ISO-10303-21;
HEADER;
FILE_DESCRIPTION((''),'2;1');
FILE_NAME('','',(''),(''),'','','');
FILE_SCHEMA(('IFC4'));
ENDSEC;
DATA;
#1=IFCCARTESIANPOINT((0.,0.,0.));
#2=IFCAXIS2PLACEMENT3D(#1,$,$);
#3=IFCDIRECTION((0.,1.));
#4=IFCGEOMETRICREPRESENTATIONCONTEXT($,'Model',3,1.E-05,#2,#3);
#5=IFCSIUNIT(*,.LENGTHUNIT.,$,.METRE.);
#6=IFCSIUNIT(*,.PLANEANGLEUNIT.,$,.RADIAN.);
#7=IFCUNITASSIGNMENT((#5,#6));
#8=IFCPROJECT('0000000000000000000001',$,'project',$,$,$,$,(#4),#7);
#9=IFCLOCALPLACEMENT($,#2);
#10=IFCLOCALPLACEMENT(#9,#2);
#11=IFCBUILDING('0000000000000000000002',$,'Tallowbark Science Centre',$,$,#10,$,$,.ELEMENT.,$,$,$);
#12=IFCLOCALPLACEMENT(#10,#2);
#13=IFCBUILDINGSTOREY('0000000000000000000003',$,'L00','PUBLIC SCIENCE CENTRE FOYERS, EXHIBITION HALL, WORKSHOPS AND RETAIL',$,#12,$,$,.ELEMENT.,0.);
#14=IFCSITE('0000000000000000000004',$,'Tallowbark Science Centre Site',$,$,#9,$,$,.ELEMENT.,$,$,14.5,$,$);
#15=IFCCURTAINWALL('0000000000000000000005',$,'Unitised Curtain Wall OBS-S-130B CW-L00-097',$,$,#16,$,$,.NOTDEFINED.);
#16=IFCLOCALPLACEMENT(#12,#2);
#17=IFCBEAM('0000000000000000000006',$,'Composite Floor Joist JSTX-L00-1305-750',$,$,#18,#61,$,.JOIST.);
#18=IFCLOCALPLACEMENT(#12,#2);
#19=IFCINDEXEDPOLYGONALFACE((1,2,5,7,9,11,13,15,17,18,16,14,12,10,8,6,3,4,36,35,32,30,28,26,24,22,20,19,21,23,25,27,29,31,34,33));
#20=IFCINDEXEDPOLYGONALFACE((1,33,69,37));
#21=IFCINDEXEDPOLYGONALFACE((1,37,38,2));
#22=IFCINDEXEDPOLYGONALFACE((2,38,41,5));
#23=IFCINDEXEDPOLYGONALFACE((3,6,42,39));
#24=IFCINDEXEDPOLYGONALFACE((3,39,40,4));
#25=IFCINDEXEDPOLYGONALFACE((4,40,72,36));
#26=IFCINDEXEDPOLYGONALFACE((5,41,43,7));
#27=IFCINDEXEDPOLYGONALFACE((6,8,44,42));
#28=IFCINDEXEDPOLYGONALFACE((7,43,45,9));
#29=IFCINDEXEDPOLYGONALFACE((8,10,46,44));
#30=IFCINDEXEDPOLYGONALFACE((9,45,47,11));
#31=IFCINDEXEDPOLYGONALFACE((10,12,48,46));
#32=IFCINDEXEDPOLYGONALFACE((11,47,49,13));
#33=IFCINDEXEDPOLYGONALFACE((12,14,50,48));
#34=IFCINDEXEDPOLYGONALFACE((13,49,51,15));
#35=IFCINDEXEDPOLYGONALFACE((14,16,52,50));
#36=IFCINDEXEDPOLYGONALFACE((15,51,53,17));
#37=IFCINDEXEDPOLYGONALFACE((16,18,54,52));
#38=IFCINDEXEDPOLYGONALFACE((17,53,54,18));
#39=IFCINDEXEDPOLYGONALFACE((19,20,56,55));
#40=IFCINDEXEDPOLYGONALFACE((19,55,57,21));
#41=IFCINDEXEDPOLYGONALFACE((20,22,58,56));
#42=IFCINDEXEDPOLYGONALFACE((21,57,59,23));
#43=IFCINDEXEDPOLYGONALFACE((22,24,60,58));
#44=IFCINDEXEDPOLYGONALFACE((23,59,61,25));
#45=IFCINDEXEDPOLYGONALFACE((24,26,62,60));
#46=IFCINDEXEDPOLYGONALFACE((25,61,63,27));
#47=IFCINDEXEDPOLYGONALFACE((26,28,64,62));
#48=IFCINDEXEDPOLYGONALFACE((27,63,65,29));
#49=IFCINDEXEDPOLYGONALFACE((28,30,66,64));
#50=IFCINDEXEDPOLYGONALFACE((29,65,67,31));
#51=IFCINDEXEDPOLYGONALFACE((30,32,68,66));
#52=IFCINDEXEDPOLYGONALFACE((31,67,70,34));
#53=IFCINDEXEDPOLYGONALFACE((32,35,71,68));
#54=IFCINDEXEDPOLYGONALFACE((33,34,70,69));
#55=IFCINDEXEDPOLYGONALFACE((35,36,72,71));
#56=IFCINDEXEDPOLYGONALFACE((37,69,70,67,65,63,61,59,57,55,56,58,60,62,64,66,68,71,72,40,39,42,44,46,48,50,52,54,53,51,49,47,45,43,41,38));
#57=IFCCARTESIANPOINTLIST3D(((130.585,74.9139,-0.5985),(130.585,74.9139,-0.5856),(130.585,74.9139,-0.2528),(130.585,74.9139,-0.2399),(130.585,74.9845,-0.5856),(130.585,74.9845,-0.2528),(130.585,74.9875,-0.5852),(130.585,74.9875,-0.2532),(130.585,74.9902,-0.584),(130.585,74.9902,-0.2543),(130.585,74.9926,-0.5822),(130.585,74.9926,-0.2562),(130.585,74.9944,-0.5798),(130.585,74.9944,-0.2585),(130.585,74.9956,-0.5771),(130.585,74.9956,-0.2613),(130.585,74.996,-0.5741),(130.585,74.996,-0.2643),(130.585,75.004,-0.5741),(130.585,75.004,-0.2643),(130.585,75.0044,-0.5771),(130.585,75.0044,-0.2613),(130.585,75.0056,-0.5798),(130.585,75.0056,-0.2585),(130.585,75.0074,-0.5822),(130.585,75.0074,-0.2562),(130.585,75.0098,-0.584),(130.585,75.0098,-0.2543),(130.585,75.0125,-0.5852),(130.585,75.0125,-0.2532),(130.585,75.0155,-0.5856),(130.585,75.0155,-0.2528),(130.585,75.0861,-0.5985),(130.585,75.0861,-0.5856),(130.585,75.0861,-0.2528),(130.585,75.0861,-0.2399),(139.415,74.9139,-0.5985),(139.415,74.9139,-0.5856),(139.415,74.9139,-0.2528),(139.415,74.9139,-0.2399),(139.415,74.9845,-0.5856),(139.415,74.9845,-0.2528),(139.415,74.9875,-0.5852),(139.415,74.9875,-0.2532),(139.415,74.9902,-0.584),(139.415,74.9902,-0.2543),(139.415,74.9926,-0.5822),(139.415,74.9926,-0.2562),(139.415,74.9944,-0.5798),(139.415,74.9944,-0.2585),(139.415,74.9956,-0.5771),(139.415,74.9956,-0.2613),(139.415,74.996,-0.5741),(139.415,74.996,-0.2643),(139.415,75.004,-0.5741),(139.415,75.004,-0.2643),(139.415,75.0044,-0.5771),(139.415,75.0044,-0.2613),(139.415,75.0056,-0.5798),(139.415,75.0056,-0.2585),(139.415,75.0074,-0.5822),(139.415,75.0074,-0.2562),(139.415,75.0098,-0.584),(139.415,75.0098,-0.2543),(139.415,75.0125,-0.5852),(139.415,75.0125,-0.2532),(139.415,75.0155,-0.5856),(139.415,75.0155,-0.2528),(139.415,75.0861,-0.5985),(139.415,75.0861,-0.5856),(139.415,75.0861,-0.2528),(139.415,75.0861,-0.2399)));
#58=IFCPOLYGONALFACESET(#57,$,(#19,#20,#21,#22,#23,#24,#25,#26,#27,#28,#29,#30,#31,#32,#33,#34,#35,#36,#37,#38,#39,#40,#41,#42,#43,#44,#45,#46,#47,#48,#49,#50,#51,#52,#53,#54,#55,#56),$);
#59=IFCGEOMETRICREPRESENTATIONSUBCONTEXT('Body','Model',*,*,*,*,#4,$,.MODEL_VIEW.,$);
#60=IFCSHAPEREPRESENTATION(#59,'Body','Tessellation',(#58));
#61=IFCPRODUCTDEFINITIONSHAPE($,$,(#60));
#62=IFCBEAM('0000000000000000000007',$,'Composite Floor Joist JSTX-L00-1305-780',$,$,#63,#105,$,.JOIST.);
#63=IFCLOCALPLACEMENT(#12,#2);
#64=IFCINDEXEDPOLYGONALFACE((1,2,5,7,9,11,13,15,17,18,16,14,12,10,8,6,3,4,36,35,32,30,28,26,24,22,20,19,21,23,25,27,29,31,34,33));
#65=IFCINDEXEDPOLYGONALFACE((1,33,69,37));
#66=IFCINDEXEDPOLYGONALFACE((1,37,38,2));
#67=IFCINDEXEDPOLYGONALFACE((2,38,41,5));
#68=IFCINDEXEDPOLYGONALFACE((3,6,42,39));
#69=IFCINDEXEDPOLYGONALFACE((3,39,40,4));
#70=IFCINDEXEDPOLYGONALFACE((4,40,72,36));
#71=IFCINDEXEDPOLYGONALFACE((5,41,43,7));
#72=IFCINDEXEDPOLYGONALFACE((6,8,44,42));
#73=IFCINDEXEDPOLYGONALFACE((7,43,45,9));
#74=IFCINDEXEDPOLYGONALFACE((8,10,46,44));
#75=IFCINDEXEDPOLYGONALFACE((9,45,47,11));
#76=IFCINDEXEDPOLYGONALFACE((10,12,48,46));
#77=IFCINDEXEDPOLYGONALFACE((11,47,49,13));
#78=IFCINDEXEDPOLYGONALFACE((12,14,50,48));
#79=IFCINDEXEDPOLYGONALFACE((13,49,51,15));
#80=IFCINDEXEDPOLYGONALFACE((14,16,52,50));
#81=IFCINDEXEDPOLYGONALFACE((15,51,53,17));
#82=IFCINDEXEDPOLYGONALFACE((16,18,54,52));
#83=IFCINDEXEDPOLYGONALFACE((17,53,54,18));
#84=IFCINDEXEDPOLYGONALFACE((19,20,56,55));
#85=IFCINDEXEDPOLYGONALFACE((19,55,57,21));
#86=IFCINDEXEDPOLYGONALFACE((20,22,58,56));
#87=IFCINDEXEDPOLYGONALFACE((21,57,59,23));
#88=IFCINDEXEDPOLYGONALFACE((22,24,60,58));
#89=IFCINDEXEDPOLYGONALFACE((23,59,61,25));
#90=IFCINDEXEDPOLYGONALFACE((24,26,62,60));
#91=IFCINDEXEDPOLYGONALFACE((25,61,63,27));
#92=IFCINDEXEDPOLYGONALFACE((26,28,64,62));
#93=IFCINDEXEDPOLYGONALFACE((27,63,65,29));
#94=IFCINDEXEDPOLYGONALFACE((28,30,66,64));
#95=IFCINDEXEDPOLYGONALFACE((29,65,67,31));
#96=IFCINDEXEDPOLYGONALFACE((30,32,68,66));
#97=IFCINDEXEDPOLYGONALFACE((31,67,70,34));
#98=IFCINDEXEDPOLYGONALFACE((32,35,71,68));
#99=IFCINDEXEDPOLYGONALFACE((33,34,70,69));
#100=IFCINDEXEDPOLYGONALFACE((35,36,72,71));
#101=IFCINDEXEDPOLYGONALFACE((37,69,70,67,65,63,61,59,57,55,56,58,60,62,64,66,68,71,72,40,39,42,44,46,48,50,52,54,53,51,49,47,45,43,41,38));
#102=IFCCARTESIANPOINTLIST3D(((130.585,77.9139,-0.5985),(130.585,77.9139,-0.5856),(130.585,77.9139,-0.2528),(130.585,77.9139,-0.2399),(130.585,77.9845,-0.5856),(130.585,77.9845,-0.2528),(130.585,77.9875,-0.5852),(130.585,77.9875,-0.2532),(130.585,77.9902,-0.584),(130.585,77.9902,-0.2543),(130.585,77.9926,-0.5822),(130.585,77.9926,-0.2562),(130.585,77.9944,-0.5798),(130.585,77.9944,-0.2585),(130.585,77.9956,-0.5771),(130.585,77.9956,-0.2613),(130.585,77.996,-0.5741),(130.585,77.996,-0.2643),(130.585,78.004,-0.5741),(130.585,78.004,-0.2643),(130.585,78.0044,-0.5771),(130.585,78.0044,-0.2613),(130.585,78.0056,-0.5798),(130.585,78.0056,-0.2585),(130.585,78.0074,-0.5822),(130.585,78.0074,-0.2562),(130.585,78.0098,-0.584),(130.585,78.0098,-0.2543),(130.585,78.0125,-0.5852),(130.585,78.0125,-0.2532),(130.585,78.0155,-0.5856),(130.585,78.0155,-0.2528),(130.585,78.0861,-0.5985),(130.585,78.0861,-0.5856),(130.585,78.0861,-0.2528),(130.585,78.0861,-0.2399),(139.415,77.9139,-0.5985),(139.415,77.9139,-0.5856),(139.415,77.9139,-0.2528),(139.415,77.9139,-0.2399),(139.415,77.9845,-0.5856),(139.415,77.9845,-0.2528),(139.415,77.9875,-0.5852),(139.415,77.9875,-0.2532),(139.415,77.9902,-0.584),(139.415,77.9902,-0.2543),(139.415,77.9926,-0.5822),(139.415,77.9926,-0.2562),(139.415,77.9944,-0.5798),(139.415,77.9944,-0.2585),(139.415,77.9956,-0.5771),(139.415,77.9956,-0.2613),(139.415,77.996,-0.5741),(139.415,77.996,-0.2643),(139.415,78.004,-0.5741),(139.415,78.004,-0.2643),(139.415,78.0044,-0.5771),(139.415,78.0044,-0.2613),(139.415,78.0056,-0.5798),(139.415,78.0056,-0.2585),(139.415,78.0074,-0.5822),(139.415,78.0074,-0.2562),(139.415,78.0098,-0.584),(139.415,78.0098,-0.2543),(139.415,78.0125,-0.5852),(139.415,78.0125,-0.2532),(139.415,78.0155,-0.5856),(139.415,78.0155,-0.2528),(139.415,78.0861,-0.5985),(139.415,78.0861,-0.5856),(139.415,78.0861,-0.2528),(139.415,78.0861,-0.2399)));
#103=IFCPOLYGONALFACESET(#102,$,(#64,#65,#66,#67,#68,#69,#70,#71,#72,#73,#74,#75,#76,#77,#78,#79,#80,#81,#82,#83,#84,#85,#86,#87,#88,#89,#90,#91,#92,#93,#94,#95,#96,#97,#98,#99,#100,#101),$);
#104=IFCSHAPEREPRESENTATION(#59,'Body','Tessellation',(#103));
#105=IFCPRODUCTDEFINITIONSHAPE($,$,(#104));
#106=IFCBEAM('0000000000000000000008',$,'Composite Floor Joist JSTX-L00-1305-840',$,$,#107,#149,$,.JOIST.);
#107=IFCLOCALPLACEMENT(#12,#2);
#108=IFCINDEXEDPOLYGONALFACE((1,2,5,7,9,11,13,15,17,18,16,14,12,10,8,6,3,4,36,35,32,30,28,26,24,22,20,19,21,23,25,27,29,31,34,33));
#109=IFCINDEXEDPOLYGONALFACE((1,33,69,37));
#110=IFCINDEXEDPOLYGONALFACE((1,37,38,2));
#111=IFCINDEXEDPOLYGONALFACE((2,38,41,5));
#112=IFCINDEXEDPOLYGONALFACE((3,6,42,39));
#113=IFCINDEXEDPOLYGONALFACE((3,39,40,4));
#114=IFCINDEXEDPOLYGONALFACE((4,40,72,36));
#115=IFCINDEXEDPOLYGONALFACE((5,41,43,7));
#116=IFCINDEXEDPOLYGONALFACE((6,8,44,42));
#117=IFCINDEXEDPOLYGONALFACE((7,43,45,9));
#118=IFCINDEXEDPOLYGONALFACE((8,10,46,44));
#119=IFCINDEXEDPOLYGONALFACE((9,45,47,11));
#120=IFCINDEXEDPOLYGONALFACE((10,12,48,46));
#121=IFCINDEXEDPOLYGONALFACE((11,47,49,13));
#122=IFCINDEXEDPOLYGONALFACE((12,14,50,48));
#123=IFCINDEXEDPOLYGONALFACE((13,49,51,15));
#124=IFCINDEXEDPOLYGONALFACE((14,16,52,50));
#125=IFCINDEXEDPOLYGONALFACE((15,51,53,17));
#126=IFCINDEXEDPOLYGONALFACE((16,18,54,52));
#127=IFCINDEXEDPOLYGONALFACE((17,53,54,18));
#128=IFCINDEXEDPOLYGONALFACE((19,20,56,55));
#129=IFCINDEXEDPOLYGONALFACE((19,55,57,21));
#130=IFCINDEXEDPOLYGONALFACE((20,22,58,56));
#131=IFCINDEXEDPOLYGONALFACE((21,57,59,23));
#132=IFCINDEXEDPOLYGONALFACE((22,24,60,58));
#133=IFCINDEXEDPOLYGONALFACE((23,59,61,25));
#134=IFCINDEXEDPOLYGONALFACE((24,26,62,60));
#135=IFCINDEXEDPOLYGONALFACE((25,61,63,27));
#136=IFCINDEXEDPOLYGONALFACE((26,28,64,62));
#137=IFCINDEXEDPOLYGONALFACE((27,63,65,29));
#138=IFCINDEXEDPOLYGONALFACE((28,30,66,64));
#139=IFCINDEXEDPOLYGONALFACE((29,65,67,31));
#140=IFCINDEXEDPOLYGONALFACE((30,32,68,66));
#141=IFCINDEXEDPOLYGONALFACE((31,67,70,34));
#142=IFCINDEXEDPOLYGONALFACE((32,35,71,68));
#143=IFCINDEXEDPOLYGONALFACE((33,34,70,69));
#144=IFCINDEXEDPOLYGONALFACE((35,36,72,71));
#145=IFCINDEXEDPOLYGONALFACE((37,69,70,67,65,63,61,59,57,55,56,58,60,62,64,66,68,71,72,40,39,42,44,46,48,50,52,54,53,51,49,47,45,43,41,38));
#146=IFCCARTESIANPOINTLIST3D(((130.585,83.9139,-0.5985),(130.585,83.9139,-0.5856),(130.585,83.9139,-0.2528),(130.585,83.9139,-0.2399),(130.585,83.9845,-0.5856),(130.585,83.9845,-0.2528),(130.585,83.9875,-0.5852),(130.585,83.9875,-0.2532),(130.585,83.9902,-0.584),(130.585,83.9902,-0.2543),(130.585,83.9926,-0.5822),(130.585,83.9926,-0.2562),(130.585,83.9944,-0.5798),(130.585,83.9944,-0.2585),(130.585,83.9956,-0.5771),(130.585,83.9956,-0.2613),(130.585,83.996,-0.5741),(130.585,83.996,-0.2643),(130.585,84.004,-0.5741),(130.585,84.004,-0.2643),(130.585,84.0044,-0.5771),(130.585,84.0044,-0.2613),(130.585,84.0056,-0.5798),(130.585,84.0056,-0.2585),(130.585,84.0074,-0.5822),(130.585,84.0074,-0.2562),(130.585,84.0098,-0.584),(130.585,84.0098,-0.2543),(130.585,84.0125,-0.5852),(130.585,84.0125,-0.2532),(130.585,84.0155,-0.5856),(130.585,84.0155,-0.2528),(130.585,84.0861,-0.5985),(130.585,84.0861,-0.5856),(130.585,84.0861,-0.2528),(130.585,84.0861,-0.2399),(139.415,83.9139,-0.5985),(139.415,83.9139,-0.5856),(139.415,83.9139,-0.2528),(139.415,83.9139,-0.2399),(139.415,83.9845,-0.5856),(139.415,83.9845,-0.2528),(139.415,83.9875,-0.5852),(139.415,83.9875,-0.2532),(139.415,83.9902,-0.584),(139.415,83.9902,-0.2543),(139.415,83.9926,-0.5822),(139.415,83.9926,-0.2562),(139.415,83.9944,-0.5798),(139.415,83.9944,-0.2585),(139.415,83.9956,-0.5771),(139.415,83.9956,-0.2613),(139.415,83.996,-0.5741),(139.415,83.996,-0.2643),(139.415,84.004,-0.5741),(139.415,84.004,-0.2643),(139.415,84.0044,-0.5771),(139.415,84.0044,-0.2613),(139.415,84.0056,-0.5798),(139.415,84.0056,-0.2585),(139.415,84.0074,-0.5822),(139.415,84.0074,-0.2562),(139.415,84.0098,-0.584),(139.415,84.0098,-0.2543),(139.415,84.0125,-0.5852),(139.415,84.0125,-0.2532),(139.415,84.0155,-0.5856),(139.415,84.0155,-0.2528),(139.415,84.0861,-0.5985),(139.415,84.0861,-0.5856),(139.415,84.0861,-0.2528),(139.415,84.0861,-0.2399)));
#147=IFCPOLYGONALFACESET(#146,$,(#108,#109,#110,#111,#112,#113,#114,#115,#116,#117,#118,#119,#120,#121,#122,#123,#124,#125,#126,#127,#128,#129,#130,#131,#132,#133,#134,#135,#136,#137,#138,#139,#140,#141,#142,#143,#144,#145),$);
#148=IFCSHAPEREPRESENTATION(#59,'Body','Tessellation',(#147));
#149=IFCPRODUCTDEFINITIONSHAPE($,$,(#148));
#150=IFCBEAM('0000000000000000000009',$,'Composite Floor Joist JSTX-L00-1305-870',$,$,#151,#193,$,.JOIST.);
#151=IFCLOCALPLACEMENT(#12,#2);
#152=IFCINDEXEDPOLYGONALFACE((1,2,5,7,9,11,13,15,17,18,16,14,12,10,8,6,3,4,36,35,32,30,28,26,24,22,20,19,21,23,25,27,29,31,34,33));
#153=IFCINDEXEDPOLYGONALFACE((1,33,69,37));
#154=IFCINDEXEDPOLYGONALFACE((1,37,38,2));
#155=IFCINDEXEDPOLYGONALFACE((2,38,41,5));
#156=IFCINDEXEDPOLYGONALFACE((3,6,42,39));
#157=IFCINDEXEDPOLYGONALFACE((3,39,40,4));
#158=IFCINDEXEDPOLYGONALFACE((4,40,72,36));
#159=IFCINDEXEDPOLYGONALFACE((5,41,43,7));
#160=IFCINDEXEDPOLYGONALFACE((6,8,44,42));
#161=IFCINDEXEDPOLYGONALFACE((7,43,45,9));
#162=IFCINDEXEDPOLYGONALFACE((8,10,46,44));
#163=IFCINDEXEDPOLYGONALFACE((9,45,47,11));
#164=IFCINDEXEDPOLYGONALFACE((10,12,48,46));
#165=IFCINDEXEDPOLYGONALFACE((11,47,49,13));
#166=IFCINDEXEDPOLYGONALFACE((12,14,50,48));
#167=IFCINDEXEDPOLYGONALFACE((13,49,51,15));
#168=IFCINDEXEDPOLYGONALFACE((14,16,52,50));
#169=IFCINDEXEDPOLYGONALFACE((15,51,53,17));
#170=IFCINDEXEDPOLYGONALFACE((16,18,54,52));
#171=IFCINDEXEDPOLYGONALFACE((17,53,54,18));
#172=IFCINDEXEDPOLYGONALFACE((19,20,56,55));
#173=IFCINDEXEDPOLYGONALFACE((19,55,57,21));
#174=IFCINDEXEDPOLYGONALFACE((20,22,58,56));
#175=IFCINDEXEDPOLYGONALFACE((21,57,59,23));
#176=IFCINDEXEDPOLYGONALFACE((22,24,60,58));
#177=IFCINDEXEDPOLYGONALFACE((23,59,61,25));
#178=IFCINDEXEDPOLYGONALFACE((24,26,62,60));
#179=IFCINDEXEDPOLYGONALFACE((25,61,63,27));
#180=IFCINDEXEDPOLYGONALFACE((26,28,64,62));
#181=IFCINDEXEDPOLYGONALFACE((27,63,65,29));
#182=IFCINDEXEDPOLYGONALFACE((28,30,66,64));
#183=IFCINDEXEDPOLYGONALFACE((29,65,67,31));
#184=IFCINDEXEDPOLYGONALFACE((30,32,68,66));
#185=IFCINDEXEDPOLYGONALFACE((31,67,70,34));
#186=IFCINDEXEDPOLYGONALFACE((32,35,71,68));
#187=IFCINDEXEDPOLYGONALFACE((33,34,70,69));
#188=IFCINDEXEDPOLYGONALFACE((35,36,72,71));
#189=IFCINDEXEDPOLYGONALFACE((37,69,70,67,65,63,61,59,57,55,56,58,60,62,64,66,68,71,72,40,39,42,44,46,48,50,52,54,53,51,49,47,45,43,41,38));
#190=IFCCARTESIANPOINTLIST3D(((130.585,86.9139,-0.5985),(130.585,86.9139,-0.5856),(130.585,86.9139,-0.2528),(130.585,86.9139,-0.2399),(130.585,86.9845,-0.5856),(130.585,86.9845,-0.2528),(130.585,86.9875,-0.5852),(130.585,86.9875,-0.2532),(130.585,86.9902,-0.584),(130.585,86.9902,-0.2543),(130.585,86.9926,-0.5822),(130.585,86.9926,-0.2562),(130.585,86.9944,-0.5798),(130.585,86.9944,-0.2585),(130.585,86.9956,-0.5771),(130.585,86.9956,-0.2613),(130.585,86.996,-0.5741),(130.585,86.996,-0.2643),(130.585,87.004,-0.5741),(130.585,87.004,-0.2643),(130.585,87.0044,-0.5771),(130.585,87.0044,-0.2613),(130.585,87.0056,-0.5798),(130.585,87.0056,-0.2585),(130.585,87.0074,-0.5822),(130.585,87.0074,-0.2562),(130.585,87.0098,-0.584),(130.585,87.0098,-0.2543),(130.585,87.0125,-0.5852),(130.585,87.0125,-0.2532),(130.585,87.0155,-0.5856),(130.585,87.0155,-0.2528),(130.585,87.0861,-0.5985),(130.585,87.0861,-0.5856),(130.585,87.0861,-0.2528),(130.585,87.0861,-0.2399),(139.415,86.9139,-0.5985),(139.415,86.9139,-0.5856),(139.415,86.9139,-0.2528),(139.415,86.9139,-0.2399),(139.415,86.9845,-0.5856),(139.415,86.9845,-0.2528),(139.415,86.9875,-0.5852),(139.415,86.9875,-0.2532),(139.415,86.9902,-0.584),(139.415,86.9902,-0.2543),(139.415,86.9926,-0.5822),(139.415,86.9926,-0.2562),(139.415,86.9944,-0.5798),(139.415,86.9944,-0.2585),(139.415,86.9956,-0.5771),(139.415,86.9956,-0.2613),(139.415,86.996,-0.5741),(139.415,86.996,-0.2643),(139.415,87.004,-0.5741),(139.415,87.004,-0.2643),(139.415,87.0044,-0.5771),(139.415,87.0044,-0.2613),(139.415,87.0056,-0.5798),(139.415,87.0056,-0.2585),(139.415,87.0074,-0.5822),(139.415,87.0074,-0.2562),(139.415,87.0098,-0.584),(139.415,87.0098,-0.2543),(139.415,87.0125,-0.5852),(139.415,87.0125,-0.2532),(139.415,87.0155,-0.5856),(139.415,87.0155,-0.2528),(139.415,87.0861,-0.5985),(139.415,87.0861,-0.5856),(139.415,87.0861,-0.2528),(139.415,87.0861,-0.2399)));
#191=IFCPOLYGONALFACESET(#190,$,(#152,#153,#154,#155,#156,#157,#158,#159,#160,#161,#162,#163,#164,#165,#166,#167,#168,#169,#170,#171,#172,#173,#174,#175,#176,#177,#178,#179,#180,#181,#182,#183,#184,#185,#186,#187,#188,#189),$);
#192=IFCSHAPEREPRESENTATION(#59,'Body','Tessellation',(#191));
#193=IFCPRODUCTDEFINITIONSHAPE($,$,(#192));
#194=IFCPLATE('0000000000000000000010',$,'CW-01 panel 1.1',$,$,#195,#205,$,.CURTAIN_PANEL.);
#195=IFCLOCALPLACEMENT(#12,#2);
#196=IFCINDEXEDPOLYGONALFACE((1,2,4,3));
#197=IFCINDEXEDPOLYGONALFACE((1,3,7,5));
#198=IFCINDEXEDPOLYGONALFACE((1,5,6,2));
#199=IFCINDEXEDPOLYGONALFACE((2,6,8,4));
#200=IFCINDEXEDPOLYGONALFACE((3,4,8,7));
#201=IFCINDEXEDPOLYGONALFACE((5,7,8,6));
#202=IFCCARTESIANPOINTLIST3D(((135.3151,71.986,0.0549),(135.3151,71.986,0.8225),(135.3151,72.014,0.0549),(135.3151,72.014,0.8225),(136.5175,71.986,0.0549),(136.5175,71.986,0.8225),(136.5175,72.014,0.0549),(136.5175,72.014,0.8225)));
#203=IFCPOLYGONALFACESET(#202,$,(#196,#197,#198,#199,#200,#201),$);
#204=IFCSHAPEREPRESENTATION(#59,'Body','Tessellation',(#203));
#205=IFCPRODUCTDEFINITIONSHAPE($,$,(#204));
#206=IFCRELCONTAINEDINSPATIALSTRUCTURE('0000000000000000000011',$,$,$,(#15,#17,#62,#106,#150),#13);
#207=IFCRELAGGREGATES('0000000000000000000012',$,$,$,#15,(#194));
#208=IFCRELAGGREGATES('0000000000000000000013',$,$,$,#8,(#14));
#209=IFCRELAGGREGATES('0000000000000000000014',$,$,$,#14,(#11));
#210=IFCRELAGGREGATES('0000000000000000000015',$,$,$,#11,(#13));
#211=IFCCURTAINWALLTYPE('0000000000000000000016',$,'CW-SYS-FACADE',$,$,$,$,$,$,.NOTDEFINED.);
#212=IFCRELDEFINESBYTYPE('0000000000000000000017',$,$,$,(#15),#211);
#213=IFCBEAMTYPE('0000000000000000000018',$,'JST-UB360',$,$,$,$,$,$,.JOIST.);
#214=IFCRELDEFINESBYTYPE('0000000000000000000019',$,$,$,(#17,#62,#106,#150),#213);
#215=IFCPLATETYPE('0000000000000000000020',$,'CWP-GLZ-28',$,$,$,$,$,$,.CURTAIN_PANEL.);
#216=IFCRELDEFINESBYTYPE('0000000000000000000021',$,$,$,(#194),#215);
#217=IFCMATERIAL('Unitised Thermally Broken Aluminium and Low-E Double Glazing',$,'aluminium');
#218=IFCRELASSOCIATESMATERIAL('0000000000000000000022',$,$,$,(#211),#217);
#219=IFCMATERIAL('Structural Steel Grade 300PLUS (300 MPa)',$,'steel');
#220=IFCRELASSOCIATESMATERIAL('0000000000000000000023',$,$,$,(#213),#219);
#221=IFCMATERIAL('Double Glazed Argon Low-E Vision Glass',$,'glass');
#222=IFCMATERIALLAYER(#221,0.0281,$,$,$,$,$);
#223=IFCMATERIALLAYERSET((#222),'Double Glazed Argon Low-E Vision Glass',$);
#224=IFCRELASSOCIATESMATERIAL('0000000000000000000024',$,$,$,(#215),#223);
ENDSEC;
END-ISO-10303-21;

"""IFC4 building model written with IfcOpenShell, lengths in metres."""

from ifc_helpers import new_model, si_unit, direction, frame, origin, origin_2d, place, context, subcontext, project, spatial, rectangle, i_section, extrude, material, layer, layer_set, material_profile, profile_set, type_object, element, aggregate, save


model = new_model("IFC4")

# Units and contexts
model_context = context("Model", 3, precision=1e-05, world=origin(), true_north=direction((0.0, 1.0)))
body_context = subcontext(model_context, "Body", "Model", "MODEL_VIEW")
ifc_project = project(units=[si_unit("LENGTHUNIT", "METRE"), si_unit("PLANEANGLEUNIT", "RADIAN")], contexts=[model_context])

# Site, building, storey
site_placement = place(None, origin())
site = spatial("IfcSite", under=ifc_project, at=site_placement, Name="Tallowbark Science Centre Site", CompositionType="ELEMENT", RefElevation=14.5)
building_placement = place(site_placement, origin())
building = spatial("IfcBuilding", under=site, at=building_placement, Name="Tallowbark Science Centre", CompositionType="ELEMENT")
storey_placement = place(building_placement, origin())
storey = spatial("IfcBuildingStorey", under=building, at=storey_placement, Name="L00", Description="PUBLIC SCIENCE CENTRE FOYERS, EXHIBITION HALL, WORKSHOPS AND RETAIL", CompositionType="ELEMENT", Elevation=0.0)

# Shared definitions
ifc_material_1 = material(Name="Structural Steel Grade 300PLUS (300 MPa)", Category="steel")

# Curtain wall
ifc_material_2 = material(Name="Unitised Thermally Broken Aluminium and Low-E Double Glazing", Category="aluminium")
curtain_wall_type = type_object("IfcCurtainWallType", Name="CW-SYS-FACADE", PredefinedType="NOTDEFINED", material=ifc_material_2)
curtain_wall_placement = place(storey_placement, origin())
curtain_wall = element("IfcCurtainWall", 1, at=curtain_wall_placement, inside=storey, type_object=curtain_wall_type, Name="Unitised Curtain Wall OBS-S-130B CW-L00-097", PredefinedType="NOTDEFINED")

# Beams
ifc_material_profile_1 = material_profile(ifc_material_1, i_section(OverallWidth=0.1721, OverallDepth=0.3586, WebThickness=0.0081, FlangeThickness=0.0129, FilletRadius=0.0115, at=origin_2d()), Name="360UB56.7")
ifc_profile_set_1 = profile_set([ifc_material_profile_1], Name="Structural Steel Grade 300PLUS (300 MPa)")
beam_type_1 = type_object("IfcBeamType", Name="JST-UB360", PredefinedType="JOIST", material=ifc_profile_set_1)
for number, where, z_axis, x_axis, name in (
    (2, (130.585, 75.0, -0.4192), (1.0, 0.0, 0.0), (0.0, 1.0, 0.0), "Composite Floor Joist JSTX-L00-1305-750"),
    (3, (130.585, 78.0, -0.4192), (1.0, 0.0, 0.0), (0.0, 1.0, 0.0), "Composite Floor Joist JSTX-L00-1305-780"),
    (4, (130.585, 84.0, -0.4192), (1.0, 0.0, 0.0), (0.0, 1.0, 0.0), "Composite Floor Joist JSTX-L00-1305-840"),
    (5, (130.585, 87.0, -0.4192), (1.0, 0.0, 0.0), (0.0, 1.0, 0.0), "Composite Floor Joist JSTX-L00-1305-870"),
):
    element("IfcBeam", number, at=place(storey_placement, frame(where, z_axis=z_axis, x_axis=x_axis)), inside=storey, type_object=beam_type_1, Name=name, PredefinedType="JOIST", context=body_context, shape_type="SweptSolid", body=[
        extrude(i_section(OverallWidth=0.1721, OverallDepth=0.3586, WebThickness=0.0081, FlangeThickness=0.0129, FilletRadius=0.0115, at=origin_2d()), origin(), (0.0, 0.0, 1.0), 8.8301),
    ])

# Plate
ifc_material_3 = material(Name="Double Glazed Argon Low-E Vision Glass", Category="glass")
ifc_layer_1 = layer(ifc_material_3, 0.0281)
ifc_layer_set_1 = layer_set([ifc_layer_1], Name="Double Glazed Argon Low-E Vision Glass")
plate_type = type_object("IfcPlateType", Name="CWP-GLZ-28", PredefinedType="CURTAIN_PANEL", material=ifc_layer_set_1)
plate_1_placement = place(storey_placement, frame((135.9163, 72.0, 0.0549), z_axis=(0.0, 0.0, 1.0), x_axis=(1.0, 0.0, 0.0)))
plate_1 = element("IfcPlate", 6, at=plate_1_placement, type_object=plate_type, Name="CW-01 panel 1.1", PredefinedType="CURTAIN_PANEL", context=body_context, shape_type="SweptSolid", body=[
    extrude(rectangle(XDim=1.2024, YDim=0.0281, at=origin_2d()), origin(), (0.0, 0.0, 1.0), 0.7676),
])
aggregate(curtain_wall, [plate_1])

save(model, "model.ifc")
